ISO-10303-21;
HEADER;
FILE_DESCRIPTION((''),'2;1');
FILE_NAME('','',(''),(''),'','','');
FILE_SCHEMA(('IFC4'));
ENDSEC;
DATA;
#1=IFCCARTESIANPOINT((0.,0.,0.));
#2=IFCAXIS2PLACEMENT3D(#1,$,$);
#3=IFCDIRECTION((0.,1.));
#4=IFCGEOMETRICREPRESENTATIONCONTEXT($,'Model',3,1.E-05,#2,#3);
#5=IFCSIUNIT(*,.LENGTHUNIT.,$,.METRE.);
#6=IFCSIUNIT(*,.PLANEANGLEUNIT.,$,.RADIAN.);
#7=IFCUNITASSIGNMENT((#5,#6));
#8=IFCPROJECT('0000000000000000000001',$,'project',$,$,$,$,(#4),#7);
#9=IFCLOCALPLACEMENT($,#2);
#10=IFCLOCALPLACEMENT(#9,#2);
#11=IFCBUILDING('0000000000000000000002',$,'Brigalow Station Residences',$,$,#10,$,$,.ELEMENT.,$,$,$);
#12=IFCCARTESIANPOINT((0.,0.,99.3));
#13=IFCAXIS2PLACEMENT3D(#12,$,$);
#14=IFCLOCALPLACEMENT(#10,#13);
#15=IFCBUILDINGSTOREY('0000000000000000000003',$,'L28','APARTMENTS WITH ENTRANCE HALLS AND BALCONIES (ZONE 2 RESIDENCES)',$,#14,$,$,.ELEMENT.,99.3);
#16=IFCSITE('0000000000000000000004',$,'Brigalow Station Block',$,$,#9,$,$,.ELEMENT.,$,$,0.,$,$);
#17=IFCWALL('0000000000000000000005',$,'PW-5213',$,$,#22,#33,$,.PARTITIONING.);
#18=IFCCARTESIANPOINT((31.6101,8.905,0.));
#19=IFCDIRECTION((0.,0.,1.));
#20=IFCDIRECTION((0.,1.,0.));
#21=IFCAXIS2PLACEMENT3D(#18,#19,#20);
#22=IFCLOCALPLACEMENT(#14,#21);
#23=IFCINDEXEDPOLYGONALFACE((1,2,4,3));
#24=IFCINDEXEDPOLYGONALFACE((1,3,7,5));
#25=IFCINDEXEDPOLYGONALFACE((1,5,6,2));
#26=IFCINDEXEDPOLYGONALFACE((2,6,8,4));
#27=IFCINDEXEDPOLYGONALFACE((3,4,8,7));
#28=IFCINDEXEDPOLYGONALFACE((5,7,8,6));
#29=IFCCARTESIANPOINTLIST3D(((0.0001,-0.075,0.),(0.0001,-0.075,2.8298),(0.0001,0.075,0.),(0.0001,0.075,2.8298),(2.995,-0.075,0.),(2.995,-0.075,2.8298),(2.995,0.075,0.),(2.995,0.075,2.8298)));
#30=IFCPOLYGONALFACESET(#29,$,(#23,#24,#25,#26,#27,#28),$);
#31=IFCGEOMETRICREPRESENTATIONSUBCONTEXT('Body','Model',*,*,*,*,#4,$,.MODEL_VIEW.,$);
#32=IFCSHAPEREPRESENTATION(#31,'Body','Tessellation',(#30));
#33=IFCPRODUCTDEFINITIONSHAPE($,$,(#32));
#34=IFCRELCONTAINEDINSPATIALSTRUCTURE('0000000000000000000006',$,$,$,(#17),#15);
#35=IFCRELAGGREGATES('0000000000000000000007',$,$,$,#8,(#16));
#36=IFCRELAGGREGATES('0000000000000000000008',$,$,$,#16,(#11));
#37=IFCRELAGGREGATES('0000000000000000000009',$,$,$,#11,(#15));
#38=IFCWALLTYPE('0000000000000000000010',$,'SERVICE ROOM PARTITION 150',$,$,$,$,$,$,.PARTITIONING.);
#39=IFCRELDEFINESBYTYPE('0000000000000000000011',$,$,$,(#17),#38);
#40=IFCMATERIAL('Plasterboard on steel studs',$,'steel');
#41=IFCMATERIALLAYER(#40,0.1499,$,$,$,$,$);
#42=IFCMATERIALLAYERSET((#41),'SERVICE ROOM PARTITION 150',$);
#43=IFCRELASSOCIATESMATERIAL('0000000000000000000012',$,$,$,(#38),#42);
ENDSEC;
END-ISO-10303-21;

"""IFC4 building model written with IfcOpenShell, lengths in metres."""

from ifc_helpers import new_model, si_unit, direction, frame, frame_2d, origin, place, context, subcontext, project, spatial, rectangle, extrude, material, layer, layer_set, type_object, element, save


model = new_model("IFC4")

# Units and contexts
model_context = context("Model", 3, precision=1e-05, world=origin(), true_north=direction((0.0, 1.0)))
body_context = subcontext(model_context, "Body", "Model", "MODEL_VIEW")
ifc_project = project(units=[si_unit("LENGTHUNIT", "METRE"), si_unit("PLANEANGLEUNIT", "RADIAN")], contexts=[model_context])

# Site, building, storey
site_placement = place(None, origin())
site = spatial("IfcSite", under=ifc_project, at=site_placement, Name="Brigalow Station Block", CompositionType="ELEMENT", RefElevation=0.0)
building_placement = place(site_placement, origin())
building = spatial("IfcBuilding", under=site, at=building_placement, Name="Brigalow Station Residences", CompositionType="ELEMENT")
storey_placement = place(building_placement, frame((0.0, 0.0, 99.3)))
storey = spatial("IfcBuildingStorey", under=building, at=storey_placement, Name="L28", Description="APARTMENTS WITH ENTRANCE HALLS AND BALCONIES (ZONE 2 RESIDENCES)", CompositionType="ELEMENT", Elevation=99.3)

# Wall
ifc_material_1 = material(Name="Plasterboard on steel studs", Category="steel")
ifc_layer_1 = layer(ifc_material_1, 0.1499)
ifc_layer_set_1 = layer_set([ifc_layer_1], Name="SERVICE ROOM PARTITION 150")
wall_type_1 = type_object("IfcWallType", Name="SERVICE ROOM PARTITION 150", PredefinedType="PARTITIONING", material=ifc_layer_set_1)
wall_1_placement = place(storey_placement, frame((31.6101, 8.905, 0.0), z_axis=(0.0, 0.0, 1.0), x_axis=(0.0, 1.0, 0.0)))
element("IfcWall", 1, at=wall_1_placement, inside=storey, type_object=wall_type_1, Name="PW-5213", PredefinedType="PARTITIONING", context=body_context, shape_type="SweptSolid", body=[
    extrude(rectangle(XDim=2.9949, YDim=0.1499, at=frame_2d((1.4976, 0.0))), origin(), (0.0, 0.0, 1.0), 2.8298),
])

save(model, "model.ifc")
